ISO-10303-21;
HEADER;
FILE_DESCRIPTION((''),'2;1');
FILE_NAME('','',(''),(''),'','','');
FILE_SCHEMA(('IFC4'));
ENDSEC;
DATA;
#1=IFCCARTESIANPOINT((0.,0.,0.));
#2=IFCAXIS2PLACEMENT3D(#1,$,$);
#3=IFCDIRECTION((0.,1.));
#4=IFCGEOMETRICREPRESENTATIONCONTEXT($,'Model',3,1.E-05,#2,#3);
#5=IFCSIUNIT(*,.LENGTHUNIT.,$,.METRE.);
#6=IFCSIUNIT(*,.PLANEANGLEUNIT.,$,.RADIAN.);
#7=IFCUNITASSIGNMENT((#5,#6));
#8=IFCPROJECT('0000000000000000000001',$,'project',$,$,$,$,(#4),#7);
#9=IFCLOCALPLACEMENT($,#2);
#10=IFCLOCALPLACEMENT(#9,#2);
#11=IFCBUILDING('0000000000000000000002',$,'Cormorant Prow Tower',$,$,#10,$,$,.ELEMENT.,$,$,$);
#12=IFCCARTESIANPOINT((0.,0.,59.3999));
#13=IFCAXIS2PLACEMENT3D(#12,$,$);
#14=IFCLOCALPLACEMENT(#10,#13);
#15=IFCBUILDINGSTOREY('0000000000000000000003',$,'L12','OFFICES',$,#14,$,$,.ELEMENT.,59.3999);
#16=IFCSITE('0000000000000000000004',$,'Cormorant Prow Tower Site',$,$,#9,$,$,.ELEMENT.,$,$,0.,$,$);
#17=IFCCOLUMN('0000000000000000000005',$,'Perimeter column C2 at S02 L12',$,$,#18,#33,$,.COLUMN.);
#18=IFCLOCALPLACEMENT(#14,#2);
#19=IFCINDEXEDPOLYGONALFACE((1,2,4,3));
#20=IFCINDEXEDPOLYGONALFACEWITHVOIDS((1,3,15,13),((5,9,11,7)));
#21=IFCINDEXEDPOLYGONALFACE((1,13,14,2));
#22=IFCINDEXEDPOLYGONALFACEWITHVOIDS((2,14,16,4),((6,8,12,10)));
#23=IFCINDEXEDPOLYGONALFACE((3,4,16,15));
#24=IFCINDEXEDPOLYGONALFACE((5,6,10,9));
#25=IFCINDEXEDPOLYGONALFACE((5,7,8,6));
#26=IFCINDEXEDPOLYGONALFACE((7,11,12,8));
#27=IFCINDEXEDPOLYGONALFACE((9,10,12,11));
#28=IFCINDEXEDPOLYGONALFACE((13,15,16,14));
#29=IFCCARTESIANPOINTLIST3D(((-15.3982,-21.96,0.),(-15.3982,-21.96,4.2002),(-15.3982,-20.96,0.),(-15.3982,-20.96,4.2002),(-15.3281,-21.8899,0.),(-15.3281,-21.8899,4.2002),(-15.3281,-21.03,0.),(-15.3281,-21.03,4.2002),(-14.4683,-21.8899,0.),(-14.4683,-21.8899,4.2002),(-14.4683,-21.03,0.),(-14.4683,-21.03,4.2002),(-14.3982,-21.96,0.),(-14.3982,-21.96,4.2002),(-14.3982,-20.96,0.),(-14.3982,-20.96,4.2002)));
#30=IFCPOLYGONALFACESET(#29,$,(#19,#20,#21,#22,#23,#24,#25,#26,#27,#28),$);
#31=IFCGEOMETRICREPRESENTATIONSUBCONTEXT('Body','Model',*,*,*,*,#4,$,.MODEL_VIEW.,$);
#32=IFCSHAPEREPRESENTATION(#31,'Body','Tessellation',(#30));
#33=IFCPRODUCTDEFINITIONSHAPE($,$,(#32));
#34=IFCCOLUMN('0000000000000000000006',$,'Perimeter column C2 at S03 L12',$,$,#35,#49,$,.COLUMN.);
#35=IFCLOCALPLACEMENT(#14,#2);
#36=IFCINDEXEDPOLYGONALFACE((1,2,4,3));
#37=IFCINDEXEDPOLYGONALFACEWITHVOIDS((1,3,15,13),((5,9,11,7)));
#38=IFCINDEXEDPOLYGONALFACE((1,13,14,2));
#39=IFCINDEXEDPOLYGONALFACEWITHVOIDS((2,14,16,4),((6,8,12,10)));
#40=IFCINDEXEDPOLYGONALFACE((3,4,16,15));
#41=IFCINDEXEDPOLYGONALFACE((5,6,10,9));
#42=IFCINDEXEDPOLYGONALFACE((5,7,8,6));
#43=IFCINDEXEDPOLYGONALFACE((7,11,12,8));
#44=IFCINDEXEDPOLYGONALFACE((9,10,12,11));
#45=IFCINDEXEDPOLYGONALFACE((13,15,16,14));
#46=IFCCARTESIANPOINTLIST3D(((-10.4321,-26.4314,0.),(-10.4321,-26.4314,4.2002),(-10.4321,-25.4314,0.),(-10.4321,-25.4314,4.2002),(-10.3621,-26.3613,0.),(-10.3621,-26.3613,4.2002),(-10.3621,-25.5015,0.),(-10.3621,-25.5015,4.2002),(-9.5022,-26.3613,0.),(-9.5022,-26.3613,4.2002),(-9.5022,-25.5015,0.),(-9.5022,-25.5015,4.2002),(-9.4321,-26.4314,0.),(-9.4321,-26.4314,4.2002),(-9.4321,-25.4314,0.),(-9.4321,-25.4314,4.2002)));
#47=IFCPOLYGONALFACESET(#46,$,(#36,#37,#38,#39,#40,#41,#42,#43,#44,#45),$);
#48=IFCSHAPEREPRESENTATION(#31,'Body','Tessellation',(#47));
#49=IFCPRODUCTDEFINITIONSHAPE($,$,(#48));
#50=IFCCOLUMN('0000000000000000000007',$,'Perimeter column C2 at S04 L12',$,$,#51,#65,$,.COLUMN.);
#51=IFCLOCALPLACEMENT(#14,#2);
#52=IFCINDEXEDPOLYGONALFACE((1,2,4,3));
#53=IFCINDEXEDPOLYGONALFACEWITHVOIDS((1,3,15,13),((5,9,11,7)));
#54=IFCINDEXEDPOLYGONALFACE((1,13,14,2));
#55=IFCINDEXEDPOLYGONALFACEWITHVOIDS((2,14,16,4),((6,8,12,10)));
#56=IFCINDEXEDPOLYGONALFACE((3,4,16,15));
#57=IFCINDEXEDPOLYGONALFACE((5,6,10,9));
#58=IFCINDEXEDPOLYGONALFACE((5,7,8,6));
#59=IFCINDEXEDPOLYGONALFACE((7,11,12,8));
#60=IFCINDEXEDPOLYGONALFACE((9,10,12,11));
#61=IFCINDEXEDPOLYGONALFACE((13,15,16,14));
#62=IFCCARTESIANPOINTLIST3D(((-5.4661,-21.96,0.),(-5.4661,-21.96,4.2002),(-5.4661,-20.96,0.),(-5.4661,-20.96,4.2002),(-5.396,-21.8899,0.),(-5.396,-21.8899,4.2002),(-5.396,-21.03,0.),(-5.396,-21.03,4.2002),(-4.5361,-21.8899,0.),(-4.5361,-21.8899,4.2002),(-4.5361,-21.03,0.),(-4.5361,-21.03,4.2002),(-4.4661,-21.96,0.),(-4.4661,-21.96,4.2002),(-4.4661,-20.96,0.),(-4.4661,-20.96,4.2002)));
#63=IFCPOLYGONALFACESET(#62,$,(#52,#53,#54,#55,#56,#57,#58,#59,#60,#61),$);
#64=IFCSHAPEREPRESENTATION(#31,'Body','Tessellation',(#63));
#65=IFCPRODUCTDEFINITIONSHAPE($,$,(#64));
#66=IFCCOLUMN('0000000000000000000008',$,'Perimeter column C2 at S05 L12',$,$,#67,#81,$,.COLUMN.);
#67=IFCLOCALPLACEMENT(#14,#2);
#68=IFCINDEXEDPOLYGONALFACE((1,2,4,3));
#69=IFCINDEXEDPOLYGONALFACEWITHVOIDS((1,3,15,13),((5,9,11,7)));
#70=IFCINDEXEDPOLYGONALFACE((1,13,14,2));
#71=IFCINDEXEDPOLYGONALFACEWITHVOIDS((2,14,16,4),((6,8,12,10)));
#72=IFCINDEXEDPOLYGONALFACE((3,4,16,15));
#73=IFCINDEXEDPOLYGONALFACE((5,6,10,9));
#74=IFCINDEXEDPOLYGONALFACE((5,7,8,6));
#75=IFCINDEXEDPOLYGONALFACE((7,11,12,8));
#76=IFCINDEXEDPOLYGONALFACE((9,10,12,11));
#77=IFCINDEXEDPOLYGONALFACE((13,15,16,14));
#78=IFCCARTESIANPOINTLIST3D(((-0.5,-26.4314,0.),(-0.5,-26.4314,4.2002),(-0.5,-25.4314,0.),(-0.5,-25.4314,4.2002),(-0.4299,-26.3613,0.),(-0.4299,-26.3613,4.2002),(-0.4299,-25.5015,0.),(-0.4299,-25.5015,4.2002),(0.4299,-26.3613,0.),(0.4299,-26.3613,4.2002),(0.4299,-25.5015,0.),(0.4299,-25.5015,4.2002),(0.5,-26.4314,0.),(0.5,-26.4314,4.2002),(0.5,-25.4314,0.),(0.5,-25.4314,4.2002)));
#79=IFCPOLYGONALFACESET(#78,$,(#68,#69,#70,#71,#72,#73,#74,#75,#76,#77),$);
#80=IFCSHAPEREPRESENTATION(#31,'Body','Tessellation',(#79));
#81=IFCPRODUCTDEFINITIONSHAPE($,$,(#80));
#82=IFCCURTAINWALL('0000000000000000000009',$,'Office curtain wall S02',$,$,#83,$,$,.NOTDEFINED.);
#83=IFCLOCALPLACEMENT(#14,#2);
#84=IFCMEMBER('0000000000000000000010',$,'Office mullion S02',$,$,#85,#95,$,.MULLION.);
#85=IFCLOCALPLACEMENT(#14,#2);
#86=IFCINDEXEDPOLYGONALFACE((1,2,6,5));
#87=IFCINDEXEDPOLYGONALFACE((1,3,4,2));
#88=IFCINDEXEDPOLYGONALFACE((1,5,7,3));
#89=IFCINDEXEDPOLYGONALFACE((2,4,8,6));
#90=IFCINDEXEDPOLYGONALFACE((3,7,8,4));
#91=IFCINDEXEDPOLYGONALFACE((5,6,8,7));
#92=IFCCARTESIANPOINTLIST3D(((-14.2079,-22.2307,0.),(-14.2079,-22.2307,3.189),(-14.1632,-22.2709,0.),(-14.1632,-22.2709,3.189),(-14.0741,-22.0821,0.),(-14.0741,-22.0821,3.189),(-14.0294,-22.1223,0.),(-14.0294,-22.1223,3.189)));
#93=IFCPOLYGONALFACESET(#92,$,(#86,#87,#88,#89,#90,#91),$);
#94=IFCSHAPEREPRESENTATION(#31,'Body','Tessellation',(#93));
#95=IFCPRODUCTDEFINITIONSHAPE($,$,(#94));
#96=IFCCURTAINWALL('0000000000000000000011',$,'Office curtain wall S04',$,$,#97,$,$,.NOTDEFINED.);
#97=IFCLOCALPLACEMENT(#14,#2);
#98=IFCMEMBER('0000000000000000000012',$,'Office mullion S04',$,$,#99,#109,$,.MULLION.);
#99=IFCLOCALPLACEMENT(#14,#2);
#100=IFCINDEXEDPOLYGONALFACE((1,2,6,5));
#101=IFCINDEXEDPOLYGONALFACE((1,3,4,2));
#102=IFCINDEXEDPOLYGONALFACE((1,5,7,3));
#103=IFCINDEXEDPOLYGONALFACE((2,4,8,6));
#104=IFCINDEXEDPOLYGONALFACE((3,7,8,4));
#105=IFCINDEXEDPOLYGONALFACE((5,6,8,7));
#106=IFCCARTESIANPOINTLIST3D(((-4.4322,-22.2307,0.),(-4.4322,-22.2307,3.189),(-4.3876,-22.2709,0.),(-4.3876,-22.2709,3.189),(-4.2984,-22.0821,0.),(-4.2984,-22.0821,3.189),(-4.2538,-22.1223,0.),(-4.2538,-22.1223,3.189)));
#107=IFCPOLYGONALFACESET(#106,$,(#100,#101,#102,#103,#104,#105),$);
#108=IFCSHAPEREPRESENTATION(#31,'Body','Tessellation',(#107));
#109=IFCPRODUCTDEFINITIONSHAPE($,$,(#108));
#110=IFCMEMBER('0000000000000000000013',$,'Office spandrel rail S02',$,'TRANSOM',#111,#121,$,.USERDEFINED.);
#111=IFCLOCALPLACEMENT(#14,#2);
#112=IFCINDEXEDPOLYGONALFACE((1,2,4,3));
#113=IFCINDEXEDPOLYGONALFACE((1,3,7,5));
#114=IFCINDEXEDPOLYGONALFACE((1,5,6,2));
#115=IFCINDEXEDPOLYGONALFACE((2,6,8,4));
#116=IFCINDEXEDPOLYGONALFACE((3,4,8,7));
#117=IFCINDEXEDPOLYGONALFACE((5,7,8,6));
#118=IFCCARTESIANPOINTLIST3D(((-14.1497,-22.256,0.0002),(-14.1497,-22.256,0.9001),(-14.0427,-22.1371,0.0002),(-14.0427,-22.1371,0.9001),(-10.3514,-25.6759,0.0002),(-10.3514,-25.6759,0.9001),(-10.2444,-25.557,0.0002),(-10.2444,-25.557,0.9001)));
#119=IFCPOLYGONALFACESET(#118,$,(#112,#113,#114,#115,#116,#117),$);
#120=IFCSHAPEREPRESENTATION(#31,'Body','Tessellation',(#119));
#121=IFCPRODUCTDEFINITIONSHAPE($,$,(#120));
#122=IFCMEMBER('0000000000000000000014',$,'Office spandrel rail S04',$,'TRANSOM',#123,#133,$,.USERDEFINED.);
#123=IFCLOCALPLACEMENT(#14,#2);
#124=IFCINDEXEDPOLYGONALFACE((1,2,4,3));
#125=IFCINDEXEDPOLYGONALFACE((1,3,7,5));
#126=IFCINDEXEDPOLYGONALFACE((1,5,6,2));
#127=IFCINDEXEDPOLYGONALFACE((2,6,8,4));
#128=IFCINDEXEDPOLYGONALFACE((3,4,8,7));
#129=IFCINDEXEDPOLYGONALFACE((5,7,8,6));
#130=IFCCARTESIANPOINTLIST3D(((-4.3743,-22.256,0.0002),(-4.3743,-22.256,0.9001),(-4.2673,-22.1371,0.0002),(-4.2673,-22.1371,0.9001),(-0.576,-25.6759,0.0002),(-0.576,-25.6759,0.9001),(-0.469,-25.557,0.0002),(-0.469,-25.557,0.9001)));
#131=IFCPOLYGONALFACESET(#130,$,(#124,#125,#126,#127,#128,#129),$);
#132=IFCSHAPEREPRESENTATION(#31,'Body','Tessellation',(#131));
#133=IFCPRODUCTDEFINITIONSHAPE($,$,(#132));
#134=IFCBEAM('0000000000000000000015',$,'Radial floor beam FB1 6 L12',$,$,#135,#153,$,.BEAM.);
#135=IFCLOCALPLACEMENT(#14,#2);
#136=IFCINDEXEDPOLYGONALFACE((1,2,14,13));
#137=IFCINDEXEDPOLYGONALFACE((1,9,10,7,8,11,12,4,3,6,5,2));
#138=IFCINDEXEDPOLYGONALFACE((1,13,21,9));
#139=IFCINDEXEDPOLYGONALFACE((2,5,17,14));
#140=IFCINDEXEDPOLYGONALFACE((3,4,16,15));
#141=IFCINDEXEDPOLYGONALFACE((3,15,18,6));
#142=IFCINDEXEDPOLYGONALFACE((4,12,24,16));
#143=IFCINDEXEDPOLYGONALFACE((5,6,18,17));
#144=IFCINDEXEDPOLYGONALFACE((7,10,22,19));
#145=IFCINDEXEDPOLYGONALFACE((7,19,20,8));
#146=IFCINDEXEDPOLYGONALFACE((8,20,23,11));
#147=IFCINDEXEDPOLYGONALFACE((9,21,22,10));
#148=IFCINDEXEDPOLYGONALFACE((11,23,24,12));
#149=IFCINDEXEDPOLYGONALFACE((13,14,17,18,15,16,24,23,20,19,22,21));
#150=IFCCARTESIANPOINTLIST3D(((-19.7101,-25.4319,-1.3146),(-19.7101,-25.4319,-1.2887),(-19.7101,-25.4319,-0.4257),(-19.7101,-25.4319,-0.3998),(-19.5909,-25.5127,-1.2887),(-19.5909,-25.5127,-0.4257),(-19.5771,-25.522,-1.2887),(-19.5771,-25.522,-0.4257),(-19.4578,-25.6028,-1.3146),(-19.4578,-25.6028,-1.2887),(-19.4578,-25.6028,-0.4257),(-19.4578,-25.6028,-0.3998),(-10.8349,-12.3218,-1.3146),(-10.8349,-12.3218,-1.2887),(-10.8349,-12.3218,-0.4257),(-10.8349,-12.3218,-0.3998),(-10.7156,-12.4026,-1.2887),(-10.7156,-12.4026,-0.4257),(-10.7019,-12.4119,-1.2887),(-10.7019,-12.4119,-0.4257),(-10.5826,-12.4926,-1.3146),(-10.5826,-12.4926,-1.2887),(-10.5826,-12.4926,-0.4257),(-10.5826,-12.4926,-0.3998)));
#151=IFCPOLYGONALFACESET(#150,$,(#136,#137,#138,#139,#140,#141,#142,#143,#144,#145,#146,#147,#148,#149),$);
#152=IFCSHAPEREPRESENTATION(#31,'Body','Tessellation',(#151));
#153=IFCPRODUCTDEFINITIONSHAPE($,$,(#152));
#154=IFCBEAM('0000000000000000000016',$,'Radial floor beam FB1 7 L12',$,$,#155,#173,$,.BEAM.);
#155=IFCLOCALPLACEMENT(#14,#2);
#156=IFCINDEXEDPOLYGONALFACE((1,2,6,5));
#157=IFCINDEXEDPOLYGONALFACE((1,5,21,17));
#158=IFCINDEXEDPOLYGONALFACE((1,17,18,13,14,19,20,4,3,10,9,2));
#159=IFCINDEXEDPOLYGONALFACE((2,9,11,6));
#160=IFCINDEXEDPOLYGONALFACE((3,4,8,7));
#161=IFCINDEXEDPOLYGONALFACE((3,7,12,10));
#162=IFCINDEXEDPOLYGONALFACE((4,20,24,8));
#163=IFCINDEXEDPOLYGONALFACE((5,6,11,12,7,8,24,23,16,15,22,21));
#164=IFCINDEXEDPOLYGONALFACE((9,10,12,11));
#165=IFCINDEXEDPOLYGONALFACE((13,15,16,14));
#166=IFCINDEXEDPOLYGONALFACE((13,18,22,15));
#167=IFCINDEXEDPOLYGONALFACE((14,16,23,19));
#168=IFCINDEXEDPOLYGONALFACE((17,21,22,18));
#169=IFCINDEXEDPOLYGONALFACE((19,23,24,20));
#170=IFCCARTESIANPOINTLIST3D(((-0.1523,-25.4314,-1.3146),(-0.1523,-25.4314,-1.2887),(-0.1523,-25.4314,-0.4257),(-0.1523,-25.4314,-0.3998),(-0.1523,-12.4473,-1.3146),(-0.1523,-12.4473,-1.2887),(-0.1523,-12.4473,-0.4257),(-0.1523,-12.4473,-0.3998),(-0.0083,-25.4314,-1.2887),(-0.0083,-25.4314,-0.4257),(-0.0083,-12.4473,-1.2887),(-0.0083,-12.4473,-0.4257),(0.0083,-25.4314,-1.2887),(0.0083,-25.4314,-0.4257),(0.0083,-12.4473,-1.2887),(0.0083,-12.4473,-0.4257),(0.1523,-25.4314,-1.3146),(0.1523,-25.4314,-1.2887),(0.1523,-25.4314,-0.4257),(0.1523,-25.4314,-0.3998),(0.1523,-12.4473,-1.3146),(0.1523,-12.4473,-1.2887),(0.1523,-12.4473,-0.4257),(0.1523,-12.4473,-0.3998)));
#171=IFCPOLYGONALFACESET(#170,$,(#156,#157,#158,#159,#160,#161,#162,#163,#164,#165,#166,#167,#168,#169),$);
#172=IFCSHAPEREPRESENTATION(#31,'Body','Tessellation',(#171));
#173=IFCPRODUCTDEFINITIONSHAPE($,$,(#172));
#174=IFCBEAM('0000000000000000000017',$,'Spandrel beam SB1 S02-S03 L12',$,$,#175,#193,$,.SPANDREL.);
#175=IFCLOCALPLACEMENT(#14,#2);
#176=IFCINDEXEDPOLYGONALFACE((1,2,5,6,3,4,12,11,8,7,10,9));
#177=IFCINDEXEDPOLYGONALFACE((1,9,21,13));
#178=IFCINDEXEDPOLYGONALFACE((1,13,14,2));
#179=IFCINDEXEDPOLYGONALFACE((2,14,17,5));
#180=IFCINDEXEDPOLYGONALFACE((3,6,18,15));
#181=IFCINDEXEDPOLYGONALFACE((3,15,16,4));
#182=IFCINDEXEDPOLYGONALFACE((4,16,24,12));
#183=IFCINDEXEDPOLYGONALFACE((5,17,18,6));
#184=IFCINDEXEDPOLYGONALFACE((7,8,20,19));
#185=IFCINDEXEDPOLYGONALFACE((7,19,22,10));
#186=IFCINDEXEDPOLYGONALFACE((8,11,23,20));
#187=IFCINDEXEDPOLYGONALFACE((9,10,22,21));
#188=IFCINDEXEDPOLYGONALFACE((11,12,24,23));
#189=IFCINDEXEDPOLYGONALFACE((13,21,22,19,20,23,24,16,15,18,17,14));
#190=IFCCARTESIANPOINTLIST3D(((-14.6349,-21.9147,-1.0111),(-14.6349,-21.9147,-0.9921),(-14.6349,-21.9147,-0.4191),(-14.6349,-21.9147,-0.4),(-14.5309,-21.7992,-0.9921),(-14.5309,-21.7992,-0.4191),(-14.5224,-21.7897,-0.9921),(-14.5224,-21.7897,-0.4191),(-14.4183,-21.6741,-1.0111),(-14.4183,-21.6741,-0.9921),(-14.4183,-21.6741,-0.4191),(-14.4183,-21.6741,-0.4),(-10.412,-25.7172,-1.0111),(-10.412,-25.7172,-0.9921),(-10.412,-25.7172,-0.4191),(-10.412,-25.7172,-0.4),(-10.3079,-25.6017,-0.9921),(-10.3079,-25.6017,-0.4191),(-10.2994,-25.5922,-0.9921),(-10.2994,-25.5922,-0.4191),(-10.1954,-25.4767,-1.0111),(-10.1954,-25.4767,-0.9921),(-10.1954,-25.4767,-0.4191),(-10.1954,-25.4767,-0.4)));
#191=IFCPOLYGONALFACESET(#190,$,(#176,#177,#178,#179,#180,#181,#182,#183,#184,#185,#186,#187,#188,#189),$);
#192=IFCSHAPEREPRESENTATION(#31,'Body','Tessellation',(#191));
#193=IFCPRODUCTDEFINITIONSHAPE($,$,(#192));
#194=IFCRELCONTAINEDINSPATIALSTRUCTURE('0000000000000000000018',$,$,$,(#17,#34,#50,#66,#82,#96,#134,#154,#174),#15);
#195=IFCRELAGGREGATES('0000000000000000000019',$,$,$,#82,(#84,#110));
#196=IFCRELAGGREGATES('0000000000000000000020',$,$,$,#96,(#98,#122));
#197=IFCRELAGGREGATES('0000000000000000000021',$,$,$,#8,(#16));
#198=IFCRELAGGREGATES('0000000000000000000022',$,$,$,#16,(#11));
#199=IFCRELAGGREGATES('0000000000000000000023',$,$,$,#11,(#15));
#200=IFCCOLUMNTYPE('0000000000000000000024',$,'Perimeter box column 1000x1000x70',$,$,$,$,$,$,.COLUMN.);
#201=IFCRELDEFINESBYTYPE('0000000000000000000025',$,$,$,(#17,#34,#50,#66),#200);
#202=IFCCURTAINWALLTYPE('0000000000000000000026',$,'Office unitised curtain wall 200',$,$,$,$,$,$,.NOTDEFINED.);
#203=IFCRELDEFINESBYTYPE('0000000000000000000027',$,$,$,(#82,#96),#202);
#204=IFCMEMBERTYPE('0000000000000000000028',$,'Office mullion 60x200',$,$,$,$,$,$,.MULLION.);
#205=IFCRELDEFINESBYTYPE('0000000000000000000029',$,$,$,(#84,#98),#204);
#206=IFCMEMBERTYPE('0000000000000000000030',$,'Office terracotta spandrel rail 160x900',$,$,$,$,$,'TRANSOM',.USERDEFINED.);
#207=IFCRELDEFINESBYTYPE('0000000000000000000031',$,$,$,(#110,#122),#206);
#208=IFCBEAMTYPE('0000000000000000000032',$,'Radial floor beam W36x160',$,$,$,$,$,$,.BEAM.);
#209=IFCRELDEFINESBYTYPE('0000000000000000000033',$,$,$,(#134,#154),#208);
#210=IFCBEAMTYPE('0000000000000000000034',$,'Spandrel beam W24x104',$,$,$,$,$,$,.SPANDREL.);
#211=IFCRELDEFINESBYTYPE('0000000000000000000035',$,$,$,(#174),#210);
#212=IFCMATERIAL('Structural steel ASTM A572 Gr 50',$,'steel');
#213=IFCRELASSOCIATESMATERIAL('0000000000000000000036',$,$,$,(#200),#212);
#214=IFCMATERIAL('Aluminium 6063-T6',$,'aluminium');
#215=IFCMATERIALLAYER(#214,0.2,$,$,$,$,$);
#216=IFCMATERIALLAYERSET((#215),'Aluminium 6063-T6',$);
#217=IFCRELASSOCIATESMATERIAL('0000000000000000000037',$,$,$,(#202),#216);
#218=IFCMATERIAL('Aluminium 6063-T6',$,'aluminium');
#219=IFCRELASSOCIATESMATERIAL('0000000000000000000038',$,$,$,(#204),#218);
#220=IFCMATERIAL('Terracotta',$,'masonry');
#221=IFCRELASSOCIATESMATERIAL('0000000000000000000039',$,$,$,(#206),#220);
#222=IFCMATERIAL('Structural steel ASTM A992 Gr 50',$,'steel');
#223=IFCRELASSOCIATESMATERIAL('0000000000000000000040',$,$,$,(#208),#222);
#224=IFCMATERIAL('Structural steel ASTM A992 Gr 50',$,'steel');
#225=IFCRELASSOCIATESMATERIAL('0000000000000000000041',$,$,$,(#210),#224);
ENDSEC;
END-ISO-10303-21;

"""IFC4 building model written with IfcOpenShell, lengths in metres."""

from ifc_helpers import new_model, si_unit, direction, frame, origin, origin_2d, place, context, subcontext, project, spatial, rectangle, hollow_rectangle, i_section, extrude, material, layer, layer_set, material_profile, profile_set, type_object, element, aggregate, save


model = new_model("IFC4")

# Units and contexts
model_context = context("Model", 3, precision=1e-05, world=origin(), true_north=direction((0.0, 1.0)))
body_context = subcontext(model_context, "Body", "Model", "MODEL_VIEW")
ifc_project = project(units=[si_unit("LENGTHUNIT", "METRE"), si_unit("PLANEANGLEUNIT", "RADIAN")], contexts=[model_context])

# Site, building, storey
site_placement = place(None, origin())
site = spatial("IfcSite", under=ifc_project, at=site_placement, Name="Cormorant Prow Tower Site", CompositionType="ELEMENT", RefElevation=0.0)
building_placement = place(site_placement, origin())
building = spatial("IfcBuilding", under=site, at=building_placement, Name="Cormorant Prow Tower", CompositionType="ELEMENT")
storey_placement = place(building_placement, frame((0.0, 0.0, 59.3999)))
storey = spatial("IfcBuildingStorey", under=building, at=storey_placement, Name="L12", Description="OFFICES", CompositionType="ELEMENT", Elevation=59.3999)

# Columns
ifc_material_1 = material(Name="Structural steel ASTM A572 Gr 50", Category="steel")
ifc_material_profile_1 = material_profile(ifc_material_1, hollow_rectangle(XDim=1.0, YDim=1.0, WallThickness=0.0701, at=origin_2d()), Name="Box 1000x1000x70")
ifc_profile_set_1 = profile_set([ifc_material_profile_1], Name="Structural steel ASTM A572 Gr 50")
column_type = type_object("IfcColumnType", Name="Perimeter box column 1000x1000x70", PredefinedType="COLUMN", material=ifc_profile_set_1)
for number, where, z_axis, x_axis, name in (
    (1, (-14.8982, -21.46, 0.0), (0.0, 0.0, 1.0), (1.0, 0.0, 0.0), "Perimeter column C2 at S02 L12"),
    (2, (-9.9321, -25.9314, 0.0), (0.0, 0.0, 1.0), (1.0, 0.0, 0.0), "Perimeter column C2 at S03 L12"),
    (3, (-4.9661, -21.46, 0.0), (0.0, 0.0, 1.0), (1.0, 0.0, 0.0), "Perimeter column C2 at S04 L12"),
    (4, (0.0, -25.9314, 0.0), (0.0, 0.0, 1.0), (1.0, 0.0, 0.0), "Perimeter column C2 at S05 L12"),
):
    element("IfcColumn", number, at=place(storey_placement, frame(where, z_axis=z_axis, x_axis=x_axis)), inside=storey, type_object=column_type, Name=name, PredefinedType="COLUMN", context=body_context, shape_type="SweptSolid", body=[
        extrude(hollow_rectangle(XDim=1.0, YDim=1.0, WallThickness=0.0701, at=origin_2d()), origin(), (0.0, 0.0, 1.0), 4.2002),
    ])

# Curtain walls, members
ifc_material_2 = material(Name="Aluminium 6063-T6", Category="aluminium")
ifc_layer_1 = layer(ifc_material_2, 0.2)
ifc_layer_set_1 = layer_set([ifc_layer_1], Name="Aluminium 6063-T6")
curtain_wall_type = type_object("IfcCurtainWallType", Name="Office unitised curtain wall 200", PredefinedType="NOTDEFINED", material=ifc_layer_set_1)
curtain_wall_1_placement = place(storey_placement, origin())
curtain_wall_1 = element("IfcCurtainWall", 5, at=curtain_wall_1_placement, inside=storey, type_object=curtain_wall_type, Name="Office curtain wall S02", PredefinedType="NOTDEFINED")
ifc_material_3 = material(Name="Aluminium 6063-T6", Category="aluminium")
ifc_material_profile_2 = material_profile(ifc_material_3, rectangle(XDim=0.2, YDim=0.0601, at=origin_2d()), Name="Office mullion 60x200")
ifc_profile_set_2 = profile_set([ifc_material_profile_2], Name="Aluminium 6063-T6")
member_type_1 = type_object("IfcMemberType", Name="Office mullion 60x200", PredefinedType="MULLION", material=ifc_profile_set_2)
member_1_placement = place(storey_placement, frame((-14.1187, -22.1765, 0.0), z_axis=(0.0, 0.0, 1.0), x_axis=(0.669131, 0.743145, 0.0)))
member_1 = element("IfcMember", 6, at=member_1_placement, type_object=member_type_1, Name="Office mullion S02", PredefinedType="MULLION", context=body_context, shape_type="SweptSolid", body=[
    extrude(rectangle(XDim=0.2, YDim=0.0601, at=origin_2d()), origin(), (0.0, 0.0, 1.0), 3.189),
])
curtain_wall_2_placement = place(storey_placement, origin())
curtain_wall_2 = element("IfcCurtainWall", 7, at=curtain_wall_2_placement, inside=storey, type_object=curtain_wall_type, Name="Office curtain wall S04", PredefinedType="NOTDEFINED")
member_2_placement = place(storey_placement, frame((-4.343, -22.1765, 0.0), z_axis=(0.0, 0.0, 1.0), x_axis=(0.669131, 0.743145, 0.0)))
member_2 = element("IfcMember", 8, at=member_2_placement, type_object=member_type_1, Name="Office mullion S04", PredefinedType="MULLION", context=body_context, shape_type="SweptSolid", body=[
    extrude(rectangle(XDim=0.2, YDim=0.0601, at=origin_2d()), origin(), (0.0, 0.0, 1.0), 3.189),
])

# Members
ifc_material_4 = material(Name="Terracotta", Category="masonry")
ifc_material_profile_3 = material_profile(ifc_material_4, rectangle(XDim=0.1599, YDim=0.8999, at=origin_2d()), Name="Office terracotta spandrel rail 160x900")
ifc_profile_set_3 = profile_set([ifc_material_profile_3], Name="Terracotta")
member_type_2 = type_object("IfcMemberType", Name="Office terracotta spandrel rail 160x900", ElementType="TRANSOM", PredefinedType="USERDEFINED", material=ifc_profile_set_3)
member_3_placement = place(storey_placement, frame((-14.0962, -22.1965, 0.4502), z_axis=(0.743156, -0.669118, 0.0), x_axis=(0.669118, 0.743156, 0.0)))
member_3 = element("IfcMember", 9, at=member_3_placement, type_object=member_type_2, Name="Office spandrel rail S02", ObjectType="TRANSOM", PredefinedType="USERDEFINED", context=body_context, shape_type="SweptSolid", body=[
    extrude(rectangle(XDim=0.1599, YDim=0.8999, at=origin_2d()), origin(), (0.0, 0.0, 1.0), 5.1111),
])
member_4_placement = place(storey_placement, frame((-4.3208, -22.1965, 0.4502), z_axis=(0.743156, -0.669118, 0.0), x_axis=(0.669118, 0.743156, 0.0)))
member_4 = element("IfcMember", 10, at=member_4_placement, type_object=member_type_2, Name="Office spandrel rail S04", ObjectType="TRANSOM", PredefinedType="USERDEFINED", context=body_context, shape_type="SweptSolid", body=[
    extrude(rectangle(XDim=0.1599, YDim=0.8999, at=origin_2d()), origin(), (0.0, 0.0, 1.0), 5.1111),
])

# Beams
ifc_material_5 = material(Name="Structural steel ASTM A992 Gr 50", Category="steel")
ifc_material_profile_4 = material_profile(ifc_material_5, i_section(OverallWidth=0.3047, OverallDepth=0.9148, WebThickness=0.0166, FlangeThickness=0.0259, at=origin_2d()), Name="W36x160")
ifc_profile_set_4 = profile_set([ifc_material_profile_4], Name="Structural steel ASTM A992 Gr 50")
beam_type_1 = type_object("IfcBeamType", Name="Radial floor beam W36x160", PredefinedType="BEAM", material=ifc_profile_set_4)
beam_1_placement = place(storey_placement, frame((-10.7087, -12.4072, -0.8572), z_axis=(-0.560597, -0.828089, 0.0), x_axis=(0.828089, -0.560597, 0.0)))
element("IfcBeam", 11, at=beam_1_placement, inside=storey, type_object=beam_type_1, Name="Radial floor beam FB1 6 L12", PredefinedType="BEAM", context=body_context, shape_type="SweptSolid", body=[
    extrude(i_section(OverallWidth=0.3047, OverallDepth=0.9148, WebThickness=0.0166, FlangeThickness=0.0259, at=origin_2d()), origin(), (0.0, 0.0, 1.0), 15.8318),
])
beam_2_placement = place(storey_placement, frame((0.0, -12.4473, -0.8572), z_axis=(0.0, -1.0, 0.0), x_axis=(1.0, 0.0, 0.0)))
element("IfcBeam", 12, at=beam_2_placement, inside=storey, type_object=beam_type_1, Name="Radial floor beam FB1 7 L12", PredefinedType="BEAM", context=body_context, shape_type="SweptSolid", body=[
    extrude(i_section(OverallWidth=0.3047, OverallDepth=0.9148, WebThickness=0.0166, FlangeThickness=0.0259, at=origin_2d()), origin(), (0.0, 0.0, 1.0), 12.9841),
])
ifc_material_6 = material(Name="Structural steel ASTM A992 Gr 50", Category="steel")
ifc_material_profile_5 = material_profile(ifc_material_6, i_section(OverallWidth=0.3237, OverallDepth=0.6111, WebThickness=0.0127, FlangeThickness=0.019, at=origin_2d()), Name="W24x104")
ifc_profile_set_5 = profile_set([ifc_material_profile_5], Name="Structural steel ASTM A992 Gr 50")
beam_type_2 = type_object("IfcBeamType", Name="Spandrel beam W24x104", PredefinedType="SPANDREL", material=ifc_profile_set_5)
for number, where, z_axis, x_axis, name in (
    (13, (-14.5266, -21.7944, -0.7056), (0.74313, -0.669147, 0.0), (0.669147, 0.74313, 0.0), "Spandrel beam SB1 S02-S03 L12"),
):
    element("IfcBeam", number, at=place(storey_placement, frame(where, z_axis=z_axis, x_axis=x_axis)), inside=storey, type_object=beam_type_2, Name=name, PredefinedType="SPANDREL", context=body_context, shape_type="SweptSolid", body=[
        extrude(i_section(OverallWidth=0.3237, OverallDepth=0.6111, WebThickness=0.0127, FlangeThickness=0.019, at=origin_2d()), origin(), (0.0, 0.0, 1.0), 5.6826),
    ])

aggregate(curtain_wall_1, [member_1, member_3])
aggregate(curtain_wall_2, [member_2, member_4])

save(model, "model.ifc")
